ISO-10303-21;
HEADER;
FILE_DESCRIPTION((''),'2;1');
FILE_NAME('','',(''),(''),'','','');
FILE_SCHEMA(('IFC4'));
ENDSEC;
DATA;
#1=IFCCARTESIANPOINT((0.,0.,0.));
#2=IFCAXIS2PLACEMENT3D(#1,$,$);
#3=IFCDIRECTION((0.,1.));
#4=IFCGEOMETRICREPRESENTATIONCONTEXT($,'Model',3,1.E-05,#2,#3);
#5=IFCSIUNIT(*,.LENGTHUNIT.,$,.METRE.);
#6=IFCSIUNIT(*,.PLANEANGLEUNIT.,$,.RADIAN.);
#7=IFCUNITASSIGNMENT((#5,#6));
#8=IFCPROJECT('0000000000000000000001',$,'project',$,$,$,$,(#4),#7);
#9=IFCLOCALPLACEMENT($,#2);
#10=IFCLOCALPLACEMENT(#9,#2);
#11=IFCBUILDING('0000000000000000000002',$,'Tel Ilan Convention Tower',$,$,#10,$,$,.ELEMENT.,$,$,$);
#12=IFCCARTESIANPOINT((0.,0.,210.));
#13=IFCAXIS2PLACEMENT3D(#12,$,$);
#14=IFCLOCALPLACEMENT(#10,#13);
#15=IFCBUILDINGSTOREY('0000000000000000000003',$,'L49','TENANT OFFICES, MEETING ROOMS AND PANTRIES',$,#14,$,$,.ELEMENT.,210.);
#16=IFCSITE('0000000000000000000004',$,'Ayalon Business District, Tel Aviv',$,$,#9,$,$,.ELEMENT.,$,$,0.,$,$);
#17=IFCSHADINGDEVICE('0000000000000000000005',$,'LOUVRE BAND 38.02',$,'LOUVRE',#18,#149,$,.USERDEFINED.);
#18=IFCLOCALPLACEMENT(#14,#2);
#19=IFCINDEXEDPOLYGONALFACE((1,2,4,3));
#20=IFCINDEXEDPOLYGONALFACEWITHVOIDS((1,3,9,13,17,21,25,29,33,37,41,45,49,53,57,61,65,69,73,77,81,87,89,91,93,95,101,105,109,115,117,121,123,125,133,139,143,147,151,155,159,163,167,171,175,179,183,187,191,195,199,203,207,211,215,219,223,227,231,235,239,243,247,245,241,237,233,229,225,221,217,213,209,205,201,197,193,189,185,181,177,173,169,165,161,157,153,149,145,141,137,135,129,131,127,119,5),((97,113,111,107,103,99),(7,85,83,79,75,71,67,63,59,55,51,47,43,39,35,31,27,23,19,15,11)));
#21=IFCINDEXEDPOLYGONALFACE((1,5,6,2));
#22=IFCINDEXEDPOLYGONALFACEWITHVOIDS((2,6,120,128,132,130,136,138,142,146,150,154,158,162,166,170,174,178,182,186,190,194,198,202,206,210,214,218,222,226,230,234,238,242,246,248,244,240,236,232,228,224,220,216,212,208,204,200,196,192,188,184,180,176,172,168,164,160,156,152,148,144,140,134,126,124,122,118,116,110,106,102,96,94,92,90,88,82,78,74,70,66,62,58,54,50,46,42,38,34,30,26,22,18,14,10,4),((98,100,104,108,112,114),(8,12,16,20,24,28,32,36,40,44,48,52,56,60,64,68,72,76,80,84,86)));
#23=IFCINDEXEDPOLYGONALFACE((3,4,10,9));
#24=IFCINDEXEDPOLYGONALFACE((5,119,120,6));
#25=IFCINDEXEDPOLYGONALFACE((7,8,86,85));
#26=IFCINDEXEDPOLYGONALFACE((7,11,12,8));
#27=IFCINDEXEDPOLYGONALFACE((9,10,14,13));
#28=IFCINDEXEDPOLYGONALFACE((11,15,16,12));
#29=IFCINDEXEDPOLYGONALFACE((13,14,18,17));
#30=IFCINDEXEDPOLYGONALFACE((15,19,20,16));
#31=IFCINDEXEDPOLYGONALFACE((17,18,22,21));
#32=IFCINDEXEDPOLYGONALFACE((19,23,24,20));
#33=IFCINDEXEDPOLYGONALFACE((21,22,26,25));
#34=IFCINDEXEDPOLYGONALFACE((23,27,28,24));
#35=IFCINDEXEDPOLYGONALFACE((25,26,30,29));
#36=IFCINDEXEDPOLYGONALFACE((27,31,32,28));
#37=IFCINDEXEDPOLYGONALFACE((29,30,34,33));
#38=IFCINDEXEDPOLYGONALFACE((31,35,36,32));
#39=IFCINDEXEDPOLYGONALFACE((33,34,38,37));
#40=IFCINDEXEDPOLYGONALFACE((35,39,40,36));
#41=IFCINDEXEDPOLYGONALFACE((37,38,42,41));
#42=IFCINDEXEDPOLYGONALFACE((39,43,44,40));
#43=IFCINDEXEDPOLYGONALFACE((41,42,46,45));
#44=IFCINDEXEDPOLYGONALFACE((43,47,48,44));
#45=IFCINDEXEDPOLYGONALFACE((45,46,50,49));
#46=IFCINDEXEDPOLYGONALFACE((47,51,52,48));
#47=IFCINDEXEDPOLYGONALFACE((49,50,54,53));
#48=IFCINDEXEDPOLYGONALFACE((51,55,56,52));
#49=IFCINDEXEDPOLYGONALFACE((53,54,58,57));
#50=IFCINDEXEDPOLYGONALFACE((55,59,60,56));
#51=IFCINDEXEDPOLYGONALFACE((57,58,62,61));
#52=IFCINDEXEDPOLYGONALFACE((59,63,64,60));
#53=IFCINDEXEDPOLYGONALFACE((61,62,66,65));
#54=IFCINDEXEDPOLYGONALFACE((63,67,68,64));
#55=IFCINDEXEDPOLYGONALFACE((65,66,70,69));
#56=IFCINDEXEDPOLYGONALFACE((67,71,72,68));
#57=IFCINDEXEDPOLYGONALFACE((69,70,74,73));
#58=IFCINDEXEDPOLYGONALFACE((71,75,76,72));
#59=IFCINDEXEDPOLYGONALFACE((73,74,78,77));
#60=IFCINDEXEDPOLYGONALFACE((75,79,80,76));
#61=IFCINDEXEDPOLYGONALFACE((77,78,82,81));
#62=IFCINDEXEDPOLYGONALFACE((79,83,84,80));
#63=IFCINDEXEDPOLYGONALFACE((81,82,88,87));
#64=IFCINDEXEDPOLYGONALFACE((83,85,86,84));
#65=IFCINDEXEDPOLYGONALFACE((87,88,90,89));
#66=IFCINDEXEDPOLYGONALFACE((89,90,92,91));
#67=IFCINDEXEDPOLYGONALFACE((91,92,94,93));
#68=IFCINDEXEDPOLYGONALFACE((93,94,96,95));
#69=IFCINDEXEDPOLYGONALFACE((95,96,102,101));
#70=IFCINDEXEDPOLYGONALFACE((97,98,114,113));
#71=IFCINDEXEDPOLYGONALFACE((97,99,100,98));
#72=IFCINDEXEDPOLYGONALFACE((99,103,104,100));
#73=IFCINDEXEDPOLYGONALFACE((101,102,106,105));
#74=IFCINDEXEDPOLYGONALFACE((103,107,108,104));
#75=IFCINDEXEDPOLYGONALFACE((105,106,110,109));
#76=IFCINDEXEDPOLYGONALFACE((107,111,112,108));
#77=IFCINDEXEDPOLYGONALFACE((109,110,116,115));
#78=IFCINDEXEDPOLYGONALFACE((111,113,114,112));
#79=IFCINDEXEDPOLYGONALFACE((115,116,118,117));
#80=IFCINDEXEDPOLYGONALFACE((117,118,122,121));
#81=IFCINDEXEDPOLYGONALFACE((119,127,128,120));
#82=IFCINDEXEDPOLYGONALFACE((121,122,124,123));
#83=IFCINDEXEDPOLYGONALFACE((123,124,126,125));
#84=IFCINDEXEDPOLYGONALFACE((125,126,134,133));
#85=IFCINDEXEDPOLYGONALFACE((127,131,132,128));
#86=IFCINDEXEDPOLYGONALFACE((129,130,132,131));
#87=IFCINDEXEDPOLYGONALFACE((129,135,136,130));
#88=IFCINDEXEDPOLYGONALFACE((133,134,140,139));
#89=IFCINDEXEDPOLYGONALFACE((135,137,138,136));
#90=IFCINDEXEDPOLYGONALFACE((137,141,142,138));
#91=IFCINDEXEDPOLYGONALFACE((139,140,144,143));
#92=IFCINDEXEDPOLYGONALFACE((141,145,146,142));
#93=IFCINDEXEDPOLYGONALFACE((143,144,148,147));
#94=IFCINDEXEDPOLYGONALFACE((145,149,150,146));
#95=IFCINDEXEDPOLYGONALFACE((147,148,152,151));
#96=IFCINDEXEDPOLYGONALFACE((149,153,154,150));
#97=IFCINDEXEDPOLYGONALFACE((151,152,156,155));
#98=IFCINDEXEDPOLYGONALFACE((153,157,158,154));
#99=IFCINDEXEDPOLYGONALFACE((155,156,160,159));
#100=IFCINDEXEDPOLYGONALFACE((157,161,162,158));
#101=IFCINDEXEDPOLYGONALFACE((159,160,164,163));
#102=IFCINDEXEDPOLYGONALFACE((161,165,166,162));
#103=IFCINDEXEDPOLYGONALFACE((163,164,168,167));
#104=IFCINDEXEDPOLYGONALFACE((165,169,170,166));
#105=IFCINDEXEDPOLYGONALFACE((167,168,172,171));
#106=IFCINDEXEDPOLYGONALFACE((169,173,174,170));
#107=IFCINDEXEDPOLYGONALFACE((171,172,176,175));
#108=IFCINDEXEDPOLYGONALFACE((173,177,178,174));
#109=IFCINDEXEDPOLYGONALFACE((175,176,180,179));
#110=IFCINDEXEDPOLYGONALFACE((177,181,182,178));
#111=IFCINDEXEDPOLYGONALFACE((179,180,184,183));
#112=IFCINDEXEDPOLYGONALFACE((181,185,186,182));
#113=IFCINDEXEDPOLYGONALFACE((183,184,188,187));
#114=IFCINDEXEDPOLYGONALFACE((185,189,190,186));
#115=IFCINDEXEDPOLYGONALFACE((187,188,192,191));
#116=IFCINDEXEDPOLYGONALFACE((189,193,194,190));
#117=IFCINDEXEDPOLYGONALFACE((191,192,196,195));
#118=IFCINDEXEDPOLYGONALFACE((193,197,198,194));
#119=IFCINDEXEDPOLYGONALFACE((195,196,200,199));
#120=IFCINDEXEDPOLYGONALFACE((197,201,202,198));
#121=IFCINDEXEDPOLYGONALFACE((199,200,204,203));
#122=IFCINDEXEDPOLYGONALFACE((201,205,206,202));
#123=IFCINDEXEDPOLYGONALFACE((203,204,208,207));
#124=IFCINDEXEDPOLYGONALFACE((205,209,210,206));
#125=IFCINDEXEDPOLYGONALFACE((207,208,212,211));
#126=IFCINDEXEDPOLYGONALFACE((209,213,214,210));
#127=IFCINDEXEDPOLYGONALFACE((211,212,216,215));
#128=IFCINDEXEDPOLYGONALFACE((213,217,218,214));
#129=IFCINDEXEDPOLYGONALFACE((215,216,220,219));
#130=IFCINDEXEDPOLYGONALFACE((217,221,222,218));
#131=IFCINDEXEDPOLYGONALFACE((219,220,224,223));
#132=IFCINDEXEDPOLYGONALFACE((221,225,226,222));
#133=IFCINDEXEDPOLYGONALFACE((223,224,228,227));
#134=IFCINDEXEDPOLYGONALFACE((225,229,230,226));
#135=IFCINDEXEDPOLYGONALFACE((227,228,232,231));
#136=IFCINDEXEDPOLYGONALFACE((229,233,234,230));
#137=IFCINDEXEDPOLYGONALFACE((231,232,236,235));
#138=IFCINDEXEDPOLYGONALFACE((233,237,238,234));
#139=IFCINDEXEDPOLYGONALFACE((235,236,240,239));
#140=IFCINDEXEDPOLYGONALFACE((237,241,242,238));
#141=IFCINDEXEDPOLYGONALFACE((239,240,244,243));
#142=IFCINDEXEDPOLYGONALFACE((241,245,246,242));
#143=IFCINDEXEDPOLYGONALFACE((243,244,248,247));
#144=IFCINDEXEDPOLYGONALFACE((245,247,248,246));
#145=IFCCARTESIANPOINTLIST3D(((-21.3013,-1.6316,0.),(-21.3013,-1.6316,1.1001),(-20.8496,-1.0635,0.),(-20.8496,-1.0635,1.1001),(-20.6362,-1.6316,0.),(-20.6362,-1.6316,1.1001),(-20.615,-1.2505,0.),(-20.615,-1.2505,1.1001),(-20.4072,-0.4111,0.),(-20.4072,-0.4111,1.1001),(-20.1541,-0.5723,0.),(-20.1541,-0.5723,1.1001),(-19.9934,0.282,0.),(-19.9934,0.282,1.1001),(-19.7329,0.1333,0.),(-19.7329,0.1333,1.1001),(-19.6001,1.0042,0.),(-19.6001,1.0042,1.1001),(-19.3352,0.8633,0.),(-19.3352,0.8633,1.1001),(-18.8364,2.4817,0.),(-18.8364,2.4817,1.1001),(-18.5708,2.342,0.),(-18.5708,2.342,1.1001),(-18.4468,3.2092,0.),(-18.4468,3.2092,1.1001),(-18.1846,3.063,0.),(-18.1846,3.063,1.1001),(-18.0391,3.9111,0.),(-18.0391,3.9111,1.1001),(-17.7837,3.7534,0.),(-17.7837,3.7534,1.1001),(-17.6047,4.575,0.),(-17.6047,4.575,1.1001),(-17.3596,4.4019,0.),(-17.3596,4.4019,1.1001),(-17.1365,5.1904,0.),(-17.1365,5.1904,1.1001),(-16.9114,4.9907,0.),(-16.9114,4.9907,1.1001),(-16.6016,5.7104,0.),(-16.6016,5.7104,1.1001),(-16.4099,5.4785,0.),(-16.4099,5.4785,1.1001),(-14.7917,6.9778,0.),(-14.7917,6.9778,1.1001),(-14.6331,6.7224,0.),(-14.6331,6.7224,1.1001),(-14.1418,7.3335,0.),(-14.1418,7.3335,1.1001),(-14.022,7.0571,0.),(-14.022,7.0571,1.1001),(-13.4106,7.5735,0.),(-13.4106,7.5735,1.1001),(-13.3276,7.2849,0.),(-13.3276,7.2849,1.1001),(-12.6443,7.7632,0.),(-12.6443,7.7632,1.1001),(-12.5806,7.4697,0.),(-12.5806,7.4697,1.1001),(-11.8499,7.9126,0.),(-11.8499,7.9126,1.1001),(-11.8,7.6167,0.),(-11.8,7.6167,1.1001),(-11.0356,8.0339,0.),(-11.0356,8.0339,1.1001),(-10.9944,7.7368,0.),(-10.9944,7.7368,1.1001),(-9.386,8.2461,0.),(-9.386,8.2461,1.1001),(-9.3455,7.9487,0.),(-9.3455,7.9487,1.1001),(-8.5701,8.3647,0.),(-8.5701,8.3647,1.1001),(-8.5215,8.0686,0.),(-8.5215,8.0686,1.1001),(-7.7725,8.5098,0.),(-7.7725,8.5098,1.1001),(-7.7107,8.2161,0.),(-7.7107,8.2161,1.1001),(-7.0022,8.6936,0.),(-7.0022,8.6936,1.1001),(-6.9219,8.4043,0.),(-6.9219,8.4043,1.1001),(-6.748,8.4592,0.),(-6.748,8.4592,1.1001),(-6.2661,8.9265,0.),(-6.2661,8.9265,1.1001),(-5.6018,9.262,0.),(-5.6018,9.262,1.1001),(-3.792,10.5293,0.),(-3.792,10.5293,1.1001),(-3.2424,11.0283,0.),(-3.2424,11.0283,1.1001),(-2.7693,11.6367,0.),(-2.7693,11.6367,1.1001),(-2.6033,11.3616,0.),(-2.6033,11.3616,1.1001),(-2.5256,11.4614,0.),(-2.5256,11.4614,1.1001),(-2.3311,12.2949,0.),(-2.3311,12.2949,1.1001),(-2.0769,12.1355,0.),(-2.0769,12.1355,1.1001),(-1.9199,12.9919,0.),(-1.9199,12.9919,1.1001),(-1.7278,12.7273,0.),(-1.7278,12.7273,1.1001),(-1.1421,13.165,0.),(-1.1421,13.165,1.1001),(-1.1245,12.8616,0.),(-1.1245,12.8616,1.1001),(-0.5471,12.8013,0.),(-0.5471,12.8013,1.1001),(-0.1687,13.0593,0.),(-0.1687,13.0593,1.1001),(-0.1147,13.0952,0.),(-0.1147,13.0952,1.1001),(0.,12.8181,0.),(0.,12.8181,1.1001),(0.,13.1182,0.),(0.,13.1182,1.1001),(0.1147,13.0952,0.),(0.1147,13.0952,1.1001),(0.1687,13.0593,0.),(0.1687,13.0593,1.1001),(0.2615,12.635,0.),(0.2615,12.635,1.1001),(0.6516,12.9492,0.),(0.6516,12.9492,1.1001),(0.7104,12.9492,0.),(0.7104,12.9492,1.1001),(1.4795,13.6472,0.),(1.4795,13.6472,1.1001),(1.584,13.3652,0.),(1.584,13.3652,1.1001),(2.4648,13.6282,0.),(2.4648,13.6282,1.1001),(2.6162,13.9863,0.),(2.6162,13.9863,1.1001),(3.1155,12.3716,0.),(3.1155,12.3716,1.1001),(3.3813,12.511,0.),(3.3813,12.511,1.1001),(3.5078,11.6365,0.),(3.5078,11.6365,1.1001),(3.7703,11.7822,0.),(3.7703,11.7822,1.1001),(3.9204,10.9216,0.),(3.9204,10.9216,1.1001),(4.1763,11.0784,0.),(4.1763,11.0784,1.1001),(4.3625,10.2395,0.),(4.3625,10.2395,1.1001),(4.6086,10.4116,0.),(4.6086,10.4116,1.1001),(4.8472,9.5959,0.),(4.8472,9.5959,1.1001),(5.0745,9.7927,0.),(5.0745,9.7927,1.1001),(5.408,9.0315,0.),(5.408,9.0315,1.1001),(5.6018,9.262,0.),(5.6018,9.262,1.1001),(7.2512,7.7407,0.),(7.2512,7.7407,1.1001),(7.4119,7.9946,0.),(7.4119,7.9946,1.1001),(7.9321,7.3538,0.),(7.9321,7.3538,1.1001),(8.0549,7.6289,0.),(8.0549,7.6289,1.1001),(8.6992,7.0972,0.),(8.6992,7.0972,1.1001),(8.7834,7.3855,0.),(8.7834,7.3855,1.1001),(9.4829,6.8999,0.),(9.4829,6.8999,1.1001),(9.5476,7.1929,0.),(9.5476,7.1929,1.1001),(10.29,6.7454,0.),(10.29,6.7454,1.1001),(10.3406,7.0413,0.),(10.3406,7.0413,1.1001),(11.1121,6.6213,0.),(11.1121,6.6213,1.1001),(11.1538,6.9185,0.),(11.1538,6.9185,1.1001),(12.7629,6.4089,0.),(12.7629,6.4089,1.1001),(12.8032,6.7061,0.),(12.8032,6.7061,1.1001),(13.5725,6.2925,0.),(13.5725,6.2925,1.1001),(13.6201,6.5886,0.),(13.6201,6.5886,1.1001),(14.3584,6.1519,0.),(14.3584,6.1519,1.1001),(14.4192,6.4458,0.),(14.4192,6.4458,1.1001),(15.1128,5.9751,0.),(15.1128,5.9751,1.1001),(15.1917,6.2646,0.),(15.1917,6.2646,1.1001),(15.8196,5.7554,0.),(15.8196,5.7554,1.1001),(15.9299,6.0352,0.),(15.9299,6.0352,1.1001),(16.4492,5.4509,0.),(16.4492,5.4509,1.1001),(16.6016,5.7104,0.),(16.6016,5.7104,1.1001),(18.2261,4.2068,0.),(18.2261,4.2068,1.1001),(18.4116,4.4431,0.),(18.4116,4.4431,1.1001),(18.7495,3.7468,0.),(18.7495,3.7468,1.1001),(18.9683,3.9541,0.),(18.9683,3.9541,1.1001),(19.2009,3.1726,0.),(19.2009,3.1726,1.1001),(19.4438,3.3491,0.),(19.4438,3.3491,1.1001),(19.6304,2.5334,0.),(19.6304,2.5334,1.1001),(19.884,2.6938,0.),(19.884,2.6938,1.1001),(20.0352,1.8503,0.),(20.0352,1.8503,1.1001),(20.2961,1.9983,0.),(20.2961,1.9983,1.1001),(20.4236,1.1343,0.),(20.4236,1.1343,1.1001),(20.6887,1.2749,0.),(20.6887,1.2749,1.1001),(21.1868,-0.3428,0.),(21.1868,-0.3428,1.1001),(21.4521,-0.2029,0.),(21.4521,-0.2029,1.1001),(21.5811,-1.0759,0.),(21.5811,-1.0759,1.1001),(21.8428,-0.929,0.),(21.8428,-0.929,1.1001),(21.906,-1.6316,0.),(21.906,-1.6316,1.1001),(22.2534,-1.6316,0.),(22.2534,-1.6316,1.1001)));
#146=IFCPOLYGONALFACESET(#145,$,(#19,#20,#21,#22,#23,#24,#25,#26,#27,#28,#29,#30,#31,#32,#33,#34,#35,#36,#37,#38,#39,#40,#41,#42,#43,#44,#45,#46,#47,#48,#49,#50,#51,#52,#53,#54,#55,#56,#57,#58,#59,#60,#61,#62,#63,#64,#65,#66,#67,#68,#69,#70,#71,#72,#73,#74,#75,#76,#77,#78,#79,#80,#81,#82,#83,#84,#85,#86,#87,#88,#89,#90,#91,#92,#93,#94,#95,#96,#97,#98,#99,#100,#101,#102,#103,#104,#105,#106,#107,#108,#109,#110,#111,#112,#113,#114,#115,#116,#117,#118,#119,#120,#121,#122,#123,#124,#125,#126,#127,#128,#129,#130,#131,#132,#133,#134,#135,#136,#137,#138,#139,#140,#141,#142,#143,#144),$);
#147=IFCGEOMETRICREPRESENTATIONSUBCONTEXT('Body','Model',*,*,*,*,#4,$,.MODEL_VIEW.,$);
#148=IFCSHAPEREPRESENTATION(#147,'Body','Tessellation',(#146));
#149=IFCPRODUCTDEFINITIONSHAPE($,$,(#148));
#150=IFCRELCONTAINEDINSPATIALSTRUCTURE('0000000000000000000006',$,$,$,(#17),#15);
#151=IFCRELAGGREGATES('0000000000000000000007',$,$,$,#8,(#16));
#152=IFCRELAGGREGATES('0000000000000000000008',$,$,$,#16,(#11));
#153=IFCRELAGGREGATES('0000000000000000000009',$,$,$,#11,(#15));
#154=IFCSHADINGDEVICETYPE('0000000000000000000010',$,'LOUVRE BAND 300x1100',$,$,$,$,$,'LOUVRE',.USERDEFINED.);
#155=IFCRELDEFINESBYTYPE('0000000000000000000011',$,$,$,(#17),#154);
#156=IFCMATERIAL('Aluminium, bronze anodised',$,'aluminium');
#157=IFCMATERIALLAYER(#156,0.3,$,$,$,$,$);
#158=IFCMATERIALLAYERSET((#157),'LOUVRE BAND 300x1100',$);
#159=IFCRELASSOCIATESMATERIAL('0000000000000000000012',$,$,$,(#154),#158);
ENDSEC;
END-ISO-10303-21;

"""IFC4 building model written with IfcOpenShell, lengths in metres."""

from ifc_helpers import new_model, si_unit, direction, frame, origin, place, context, subcontext, project, spatial, polyline, outline, extrude, material, layer, layer_set, type_object, element, save


model = new_model("IFC4")

# Units and contexts
model_context = context("Model", 3, precision=1e-05, world=origin(), true_north=direction((0.0, 1.0)))
body_context = subcontext(model_context, "Body", "Model", "MODEL_VIEW")
ifc_project = project(units=[si_unit("LENGTHUNIT", "METRE"), si_unit("PLANEANGLEUNIT", "RADIAN")], contexts=[model_context])

# Site, building, storey
site_placement = place(None, origin())
site = spatial("IfcSite", under=ifc_project, at=site_placement, Name="Ayalon Business District, Tel Aviv", CompositionType="ELEMENT", RefElevation=0.0)
building_placement = place(site_placement, origin())
building = spatial("IfcBuilding", under=site, at=building_placement, Name="Tel Ilan Convention Tower", CompositionType="ELEMENT")
storey_placement = place(building_placement, frame((0.0, 0.0, 210.0)))
storey = spatial("IfcBuildingStorey", under=building, at=storey_placement, Name="L49", Description="TENANT OFFICES, MEETING ROOMS AND PANTRIES", CompositionType="ELEMENT", Elevation=210.0)

# Shading device
ifc_material_1 = material(Name="Aluminium, bronze anodised", Category="aluminium")
ifc_layer_1 = layer(ifc_material_1, 0.3)
ifc_layer_set_1 = layer_set([ifc_layer_1], Name="LOUVRE BAND 300x1100")
shading_device_type = type_object("IfcShadingDeviceType", Name="LOUVRE BAND 300x1100", ElementType="LOUVRE", PredefinedType="USERDEFINED", material=ifc_layer_set_1)
shading_device_1_placement = place(storey_placement, origin())
element("IfcShadingDevice", 1, at=shading_device_1_placement, inside=storey, type_object=shading_device_type, Name="LOUVRE BAND 38.02", ObjectType="LOUVRE", PredefinedType="USERDEFINED", context=body_context, shape_type="SweptSolid", body=[
    extrude(outline(polyline([(-20.8496, -1.0635), (-21.3013, -1.6316), (-20.6362, -1.6316), (0.0, 12.8181), (0.2615, 12.635), (0.7104, 12.9492), (0.6516, 12.9492), (1.584, 13.3652), (2.4648, 13.6282), (3.1155, 12.3716), (3.5078, 11.6365), (3.9204, 10.9216), (4.3625, 10.2395), (4.8472, 9.5959), (5.408, 9.0315), (7.2512, 7.7407), (7.9321, 7.3538), (8.6992, 7.0972), (9.4829, 6.8999), (10.29, 6.7454), (11.1121, 6.6213), (12.7629, 6.4089), (13.5725, 6.2925), (14.3584, 6.1519), (15.1128, 5.9751), (15.8196, 5.7554), (16.4492, 5.4509), (18.2261, 4.2068), (18.7495, 3.7468), (19.2009, 3.1726), (19.6304, 2.5334), (20.0352, 1.8503), (20.4236, 1.1343), (21.1868, -0.3428), (21.5811, -1.0759), (21.906, -1.6316), (22.2534, -1.6316), (21.8428, -0.929), (21.4521, -0.2029), (20.6887, 1.2749), (20.2961, 1.9983), (19.884, 2.6938), (19.4438, 3.3491), (18.9683, 3.9541), (18.4116, 4.4431), (16.6016, 5.7104), (15.9299, 6.0352), (15.1917, 6.2646), (14.4192, 6.4458), (13.6201, 6.5886), (12.8032, 6.7061), (11.1538, 6.9185), (10.3406, 7.0413), (9.5476, 7.1929), (8.7834, 7.3855), (8.0549, 7.6289), (7.4119, 7.9946), (5.6018, 9.262), (5.0745, 9.7927), (4.6086, 10.4116), (4.1763, 11.0784), (3.7703, 11.7822), (3.3813, 12.511), (2.6162, 13.9863), (1.4795, 13.6472), (0.1687, 13.0593), (0.1147, 13.0952), (0.0, 13.1182), (-0.1147, 13.0952), (-0.1687, 13.0593), (-1.1421, 13.165), (-1.9199, 12.9919), (-2.3311, 12.2949), (-2.7693, 11.6367), (-3.2424, 11.0283), (-3.792, 10.5293), (-5.6018, 9.262), (-6.2661, 8.9265), (-7.0022, 8.6936), (-7.7725, 8.5098), (-8.5701, 8.3647), (-9.386, 8.2461), (-11.0356, 8.0339), (-11.8499, 7.9126), (-12.6443, 7.7632), (-13.4106, 7.5735), (-14.1418, 7.3335), (-14.7917, 6.9778), (-16.6016, 5.7104), (-17.1365, 5.1904), (-17.6047, 4.575), (-18.0391, 3.9111), (-18.4468, 3.2092), (-18.8364, 2.4817), (-19.6001, 1.0042), (-19.9934, 0.282), (-20.4072, -0.4111), (-20.8496, -1.0635)]), holes=[polyline([(-2.6033, 11.3616), (-2.5256, 11.4614), (-2.0769, 12.1355), (-1.7278, 12.7273), (-1.1245, 12.8616), (-0.5471, 12.8013), (-2.6033, 11.3616)]), polyline([(-20.615, -1.2505), (-20.1541, -0.5723), (-19.7329, 0.1333), (-19.3352, 0.8633), (-18.5708, 2.342), (-18.1846, 3.063), (-17.7837, 3.7534), (-17.3596, 4.4019), (-16.9114, 4.9907), (-16.4099, 5.4785), (-14.6331, 6.7224), (-14.022, 7.0571), (-13.3276, 7.2849), (-12.5806, 7.4697), (-11.8, 7.6167), (-10.9944, 7.7368), (-9.3455, 7.9487), (-8.5215, 8.0686), (-7.7107, 8.2161), (-6.9219, 8.4043), (-6.748, 8.4592), (-20.615, -1.2505)])]), origin(), (0.0, 0.0, 1.0), 1.1001),
])

save(model, "model.ifc")
